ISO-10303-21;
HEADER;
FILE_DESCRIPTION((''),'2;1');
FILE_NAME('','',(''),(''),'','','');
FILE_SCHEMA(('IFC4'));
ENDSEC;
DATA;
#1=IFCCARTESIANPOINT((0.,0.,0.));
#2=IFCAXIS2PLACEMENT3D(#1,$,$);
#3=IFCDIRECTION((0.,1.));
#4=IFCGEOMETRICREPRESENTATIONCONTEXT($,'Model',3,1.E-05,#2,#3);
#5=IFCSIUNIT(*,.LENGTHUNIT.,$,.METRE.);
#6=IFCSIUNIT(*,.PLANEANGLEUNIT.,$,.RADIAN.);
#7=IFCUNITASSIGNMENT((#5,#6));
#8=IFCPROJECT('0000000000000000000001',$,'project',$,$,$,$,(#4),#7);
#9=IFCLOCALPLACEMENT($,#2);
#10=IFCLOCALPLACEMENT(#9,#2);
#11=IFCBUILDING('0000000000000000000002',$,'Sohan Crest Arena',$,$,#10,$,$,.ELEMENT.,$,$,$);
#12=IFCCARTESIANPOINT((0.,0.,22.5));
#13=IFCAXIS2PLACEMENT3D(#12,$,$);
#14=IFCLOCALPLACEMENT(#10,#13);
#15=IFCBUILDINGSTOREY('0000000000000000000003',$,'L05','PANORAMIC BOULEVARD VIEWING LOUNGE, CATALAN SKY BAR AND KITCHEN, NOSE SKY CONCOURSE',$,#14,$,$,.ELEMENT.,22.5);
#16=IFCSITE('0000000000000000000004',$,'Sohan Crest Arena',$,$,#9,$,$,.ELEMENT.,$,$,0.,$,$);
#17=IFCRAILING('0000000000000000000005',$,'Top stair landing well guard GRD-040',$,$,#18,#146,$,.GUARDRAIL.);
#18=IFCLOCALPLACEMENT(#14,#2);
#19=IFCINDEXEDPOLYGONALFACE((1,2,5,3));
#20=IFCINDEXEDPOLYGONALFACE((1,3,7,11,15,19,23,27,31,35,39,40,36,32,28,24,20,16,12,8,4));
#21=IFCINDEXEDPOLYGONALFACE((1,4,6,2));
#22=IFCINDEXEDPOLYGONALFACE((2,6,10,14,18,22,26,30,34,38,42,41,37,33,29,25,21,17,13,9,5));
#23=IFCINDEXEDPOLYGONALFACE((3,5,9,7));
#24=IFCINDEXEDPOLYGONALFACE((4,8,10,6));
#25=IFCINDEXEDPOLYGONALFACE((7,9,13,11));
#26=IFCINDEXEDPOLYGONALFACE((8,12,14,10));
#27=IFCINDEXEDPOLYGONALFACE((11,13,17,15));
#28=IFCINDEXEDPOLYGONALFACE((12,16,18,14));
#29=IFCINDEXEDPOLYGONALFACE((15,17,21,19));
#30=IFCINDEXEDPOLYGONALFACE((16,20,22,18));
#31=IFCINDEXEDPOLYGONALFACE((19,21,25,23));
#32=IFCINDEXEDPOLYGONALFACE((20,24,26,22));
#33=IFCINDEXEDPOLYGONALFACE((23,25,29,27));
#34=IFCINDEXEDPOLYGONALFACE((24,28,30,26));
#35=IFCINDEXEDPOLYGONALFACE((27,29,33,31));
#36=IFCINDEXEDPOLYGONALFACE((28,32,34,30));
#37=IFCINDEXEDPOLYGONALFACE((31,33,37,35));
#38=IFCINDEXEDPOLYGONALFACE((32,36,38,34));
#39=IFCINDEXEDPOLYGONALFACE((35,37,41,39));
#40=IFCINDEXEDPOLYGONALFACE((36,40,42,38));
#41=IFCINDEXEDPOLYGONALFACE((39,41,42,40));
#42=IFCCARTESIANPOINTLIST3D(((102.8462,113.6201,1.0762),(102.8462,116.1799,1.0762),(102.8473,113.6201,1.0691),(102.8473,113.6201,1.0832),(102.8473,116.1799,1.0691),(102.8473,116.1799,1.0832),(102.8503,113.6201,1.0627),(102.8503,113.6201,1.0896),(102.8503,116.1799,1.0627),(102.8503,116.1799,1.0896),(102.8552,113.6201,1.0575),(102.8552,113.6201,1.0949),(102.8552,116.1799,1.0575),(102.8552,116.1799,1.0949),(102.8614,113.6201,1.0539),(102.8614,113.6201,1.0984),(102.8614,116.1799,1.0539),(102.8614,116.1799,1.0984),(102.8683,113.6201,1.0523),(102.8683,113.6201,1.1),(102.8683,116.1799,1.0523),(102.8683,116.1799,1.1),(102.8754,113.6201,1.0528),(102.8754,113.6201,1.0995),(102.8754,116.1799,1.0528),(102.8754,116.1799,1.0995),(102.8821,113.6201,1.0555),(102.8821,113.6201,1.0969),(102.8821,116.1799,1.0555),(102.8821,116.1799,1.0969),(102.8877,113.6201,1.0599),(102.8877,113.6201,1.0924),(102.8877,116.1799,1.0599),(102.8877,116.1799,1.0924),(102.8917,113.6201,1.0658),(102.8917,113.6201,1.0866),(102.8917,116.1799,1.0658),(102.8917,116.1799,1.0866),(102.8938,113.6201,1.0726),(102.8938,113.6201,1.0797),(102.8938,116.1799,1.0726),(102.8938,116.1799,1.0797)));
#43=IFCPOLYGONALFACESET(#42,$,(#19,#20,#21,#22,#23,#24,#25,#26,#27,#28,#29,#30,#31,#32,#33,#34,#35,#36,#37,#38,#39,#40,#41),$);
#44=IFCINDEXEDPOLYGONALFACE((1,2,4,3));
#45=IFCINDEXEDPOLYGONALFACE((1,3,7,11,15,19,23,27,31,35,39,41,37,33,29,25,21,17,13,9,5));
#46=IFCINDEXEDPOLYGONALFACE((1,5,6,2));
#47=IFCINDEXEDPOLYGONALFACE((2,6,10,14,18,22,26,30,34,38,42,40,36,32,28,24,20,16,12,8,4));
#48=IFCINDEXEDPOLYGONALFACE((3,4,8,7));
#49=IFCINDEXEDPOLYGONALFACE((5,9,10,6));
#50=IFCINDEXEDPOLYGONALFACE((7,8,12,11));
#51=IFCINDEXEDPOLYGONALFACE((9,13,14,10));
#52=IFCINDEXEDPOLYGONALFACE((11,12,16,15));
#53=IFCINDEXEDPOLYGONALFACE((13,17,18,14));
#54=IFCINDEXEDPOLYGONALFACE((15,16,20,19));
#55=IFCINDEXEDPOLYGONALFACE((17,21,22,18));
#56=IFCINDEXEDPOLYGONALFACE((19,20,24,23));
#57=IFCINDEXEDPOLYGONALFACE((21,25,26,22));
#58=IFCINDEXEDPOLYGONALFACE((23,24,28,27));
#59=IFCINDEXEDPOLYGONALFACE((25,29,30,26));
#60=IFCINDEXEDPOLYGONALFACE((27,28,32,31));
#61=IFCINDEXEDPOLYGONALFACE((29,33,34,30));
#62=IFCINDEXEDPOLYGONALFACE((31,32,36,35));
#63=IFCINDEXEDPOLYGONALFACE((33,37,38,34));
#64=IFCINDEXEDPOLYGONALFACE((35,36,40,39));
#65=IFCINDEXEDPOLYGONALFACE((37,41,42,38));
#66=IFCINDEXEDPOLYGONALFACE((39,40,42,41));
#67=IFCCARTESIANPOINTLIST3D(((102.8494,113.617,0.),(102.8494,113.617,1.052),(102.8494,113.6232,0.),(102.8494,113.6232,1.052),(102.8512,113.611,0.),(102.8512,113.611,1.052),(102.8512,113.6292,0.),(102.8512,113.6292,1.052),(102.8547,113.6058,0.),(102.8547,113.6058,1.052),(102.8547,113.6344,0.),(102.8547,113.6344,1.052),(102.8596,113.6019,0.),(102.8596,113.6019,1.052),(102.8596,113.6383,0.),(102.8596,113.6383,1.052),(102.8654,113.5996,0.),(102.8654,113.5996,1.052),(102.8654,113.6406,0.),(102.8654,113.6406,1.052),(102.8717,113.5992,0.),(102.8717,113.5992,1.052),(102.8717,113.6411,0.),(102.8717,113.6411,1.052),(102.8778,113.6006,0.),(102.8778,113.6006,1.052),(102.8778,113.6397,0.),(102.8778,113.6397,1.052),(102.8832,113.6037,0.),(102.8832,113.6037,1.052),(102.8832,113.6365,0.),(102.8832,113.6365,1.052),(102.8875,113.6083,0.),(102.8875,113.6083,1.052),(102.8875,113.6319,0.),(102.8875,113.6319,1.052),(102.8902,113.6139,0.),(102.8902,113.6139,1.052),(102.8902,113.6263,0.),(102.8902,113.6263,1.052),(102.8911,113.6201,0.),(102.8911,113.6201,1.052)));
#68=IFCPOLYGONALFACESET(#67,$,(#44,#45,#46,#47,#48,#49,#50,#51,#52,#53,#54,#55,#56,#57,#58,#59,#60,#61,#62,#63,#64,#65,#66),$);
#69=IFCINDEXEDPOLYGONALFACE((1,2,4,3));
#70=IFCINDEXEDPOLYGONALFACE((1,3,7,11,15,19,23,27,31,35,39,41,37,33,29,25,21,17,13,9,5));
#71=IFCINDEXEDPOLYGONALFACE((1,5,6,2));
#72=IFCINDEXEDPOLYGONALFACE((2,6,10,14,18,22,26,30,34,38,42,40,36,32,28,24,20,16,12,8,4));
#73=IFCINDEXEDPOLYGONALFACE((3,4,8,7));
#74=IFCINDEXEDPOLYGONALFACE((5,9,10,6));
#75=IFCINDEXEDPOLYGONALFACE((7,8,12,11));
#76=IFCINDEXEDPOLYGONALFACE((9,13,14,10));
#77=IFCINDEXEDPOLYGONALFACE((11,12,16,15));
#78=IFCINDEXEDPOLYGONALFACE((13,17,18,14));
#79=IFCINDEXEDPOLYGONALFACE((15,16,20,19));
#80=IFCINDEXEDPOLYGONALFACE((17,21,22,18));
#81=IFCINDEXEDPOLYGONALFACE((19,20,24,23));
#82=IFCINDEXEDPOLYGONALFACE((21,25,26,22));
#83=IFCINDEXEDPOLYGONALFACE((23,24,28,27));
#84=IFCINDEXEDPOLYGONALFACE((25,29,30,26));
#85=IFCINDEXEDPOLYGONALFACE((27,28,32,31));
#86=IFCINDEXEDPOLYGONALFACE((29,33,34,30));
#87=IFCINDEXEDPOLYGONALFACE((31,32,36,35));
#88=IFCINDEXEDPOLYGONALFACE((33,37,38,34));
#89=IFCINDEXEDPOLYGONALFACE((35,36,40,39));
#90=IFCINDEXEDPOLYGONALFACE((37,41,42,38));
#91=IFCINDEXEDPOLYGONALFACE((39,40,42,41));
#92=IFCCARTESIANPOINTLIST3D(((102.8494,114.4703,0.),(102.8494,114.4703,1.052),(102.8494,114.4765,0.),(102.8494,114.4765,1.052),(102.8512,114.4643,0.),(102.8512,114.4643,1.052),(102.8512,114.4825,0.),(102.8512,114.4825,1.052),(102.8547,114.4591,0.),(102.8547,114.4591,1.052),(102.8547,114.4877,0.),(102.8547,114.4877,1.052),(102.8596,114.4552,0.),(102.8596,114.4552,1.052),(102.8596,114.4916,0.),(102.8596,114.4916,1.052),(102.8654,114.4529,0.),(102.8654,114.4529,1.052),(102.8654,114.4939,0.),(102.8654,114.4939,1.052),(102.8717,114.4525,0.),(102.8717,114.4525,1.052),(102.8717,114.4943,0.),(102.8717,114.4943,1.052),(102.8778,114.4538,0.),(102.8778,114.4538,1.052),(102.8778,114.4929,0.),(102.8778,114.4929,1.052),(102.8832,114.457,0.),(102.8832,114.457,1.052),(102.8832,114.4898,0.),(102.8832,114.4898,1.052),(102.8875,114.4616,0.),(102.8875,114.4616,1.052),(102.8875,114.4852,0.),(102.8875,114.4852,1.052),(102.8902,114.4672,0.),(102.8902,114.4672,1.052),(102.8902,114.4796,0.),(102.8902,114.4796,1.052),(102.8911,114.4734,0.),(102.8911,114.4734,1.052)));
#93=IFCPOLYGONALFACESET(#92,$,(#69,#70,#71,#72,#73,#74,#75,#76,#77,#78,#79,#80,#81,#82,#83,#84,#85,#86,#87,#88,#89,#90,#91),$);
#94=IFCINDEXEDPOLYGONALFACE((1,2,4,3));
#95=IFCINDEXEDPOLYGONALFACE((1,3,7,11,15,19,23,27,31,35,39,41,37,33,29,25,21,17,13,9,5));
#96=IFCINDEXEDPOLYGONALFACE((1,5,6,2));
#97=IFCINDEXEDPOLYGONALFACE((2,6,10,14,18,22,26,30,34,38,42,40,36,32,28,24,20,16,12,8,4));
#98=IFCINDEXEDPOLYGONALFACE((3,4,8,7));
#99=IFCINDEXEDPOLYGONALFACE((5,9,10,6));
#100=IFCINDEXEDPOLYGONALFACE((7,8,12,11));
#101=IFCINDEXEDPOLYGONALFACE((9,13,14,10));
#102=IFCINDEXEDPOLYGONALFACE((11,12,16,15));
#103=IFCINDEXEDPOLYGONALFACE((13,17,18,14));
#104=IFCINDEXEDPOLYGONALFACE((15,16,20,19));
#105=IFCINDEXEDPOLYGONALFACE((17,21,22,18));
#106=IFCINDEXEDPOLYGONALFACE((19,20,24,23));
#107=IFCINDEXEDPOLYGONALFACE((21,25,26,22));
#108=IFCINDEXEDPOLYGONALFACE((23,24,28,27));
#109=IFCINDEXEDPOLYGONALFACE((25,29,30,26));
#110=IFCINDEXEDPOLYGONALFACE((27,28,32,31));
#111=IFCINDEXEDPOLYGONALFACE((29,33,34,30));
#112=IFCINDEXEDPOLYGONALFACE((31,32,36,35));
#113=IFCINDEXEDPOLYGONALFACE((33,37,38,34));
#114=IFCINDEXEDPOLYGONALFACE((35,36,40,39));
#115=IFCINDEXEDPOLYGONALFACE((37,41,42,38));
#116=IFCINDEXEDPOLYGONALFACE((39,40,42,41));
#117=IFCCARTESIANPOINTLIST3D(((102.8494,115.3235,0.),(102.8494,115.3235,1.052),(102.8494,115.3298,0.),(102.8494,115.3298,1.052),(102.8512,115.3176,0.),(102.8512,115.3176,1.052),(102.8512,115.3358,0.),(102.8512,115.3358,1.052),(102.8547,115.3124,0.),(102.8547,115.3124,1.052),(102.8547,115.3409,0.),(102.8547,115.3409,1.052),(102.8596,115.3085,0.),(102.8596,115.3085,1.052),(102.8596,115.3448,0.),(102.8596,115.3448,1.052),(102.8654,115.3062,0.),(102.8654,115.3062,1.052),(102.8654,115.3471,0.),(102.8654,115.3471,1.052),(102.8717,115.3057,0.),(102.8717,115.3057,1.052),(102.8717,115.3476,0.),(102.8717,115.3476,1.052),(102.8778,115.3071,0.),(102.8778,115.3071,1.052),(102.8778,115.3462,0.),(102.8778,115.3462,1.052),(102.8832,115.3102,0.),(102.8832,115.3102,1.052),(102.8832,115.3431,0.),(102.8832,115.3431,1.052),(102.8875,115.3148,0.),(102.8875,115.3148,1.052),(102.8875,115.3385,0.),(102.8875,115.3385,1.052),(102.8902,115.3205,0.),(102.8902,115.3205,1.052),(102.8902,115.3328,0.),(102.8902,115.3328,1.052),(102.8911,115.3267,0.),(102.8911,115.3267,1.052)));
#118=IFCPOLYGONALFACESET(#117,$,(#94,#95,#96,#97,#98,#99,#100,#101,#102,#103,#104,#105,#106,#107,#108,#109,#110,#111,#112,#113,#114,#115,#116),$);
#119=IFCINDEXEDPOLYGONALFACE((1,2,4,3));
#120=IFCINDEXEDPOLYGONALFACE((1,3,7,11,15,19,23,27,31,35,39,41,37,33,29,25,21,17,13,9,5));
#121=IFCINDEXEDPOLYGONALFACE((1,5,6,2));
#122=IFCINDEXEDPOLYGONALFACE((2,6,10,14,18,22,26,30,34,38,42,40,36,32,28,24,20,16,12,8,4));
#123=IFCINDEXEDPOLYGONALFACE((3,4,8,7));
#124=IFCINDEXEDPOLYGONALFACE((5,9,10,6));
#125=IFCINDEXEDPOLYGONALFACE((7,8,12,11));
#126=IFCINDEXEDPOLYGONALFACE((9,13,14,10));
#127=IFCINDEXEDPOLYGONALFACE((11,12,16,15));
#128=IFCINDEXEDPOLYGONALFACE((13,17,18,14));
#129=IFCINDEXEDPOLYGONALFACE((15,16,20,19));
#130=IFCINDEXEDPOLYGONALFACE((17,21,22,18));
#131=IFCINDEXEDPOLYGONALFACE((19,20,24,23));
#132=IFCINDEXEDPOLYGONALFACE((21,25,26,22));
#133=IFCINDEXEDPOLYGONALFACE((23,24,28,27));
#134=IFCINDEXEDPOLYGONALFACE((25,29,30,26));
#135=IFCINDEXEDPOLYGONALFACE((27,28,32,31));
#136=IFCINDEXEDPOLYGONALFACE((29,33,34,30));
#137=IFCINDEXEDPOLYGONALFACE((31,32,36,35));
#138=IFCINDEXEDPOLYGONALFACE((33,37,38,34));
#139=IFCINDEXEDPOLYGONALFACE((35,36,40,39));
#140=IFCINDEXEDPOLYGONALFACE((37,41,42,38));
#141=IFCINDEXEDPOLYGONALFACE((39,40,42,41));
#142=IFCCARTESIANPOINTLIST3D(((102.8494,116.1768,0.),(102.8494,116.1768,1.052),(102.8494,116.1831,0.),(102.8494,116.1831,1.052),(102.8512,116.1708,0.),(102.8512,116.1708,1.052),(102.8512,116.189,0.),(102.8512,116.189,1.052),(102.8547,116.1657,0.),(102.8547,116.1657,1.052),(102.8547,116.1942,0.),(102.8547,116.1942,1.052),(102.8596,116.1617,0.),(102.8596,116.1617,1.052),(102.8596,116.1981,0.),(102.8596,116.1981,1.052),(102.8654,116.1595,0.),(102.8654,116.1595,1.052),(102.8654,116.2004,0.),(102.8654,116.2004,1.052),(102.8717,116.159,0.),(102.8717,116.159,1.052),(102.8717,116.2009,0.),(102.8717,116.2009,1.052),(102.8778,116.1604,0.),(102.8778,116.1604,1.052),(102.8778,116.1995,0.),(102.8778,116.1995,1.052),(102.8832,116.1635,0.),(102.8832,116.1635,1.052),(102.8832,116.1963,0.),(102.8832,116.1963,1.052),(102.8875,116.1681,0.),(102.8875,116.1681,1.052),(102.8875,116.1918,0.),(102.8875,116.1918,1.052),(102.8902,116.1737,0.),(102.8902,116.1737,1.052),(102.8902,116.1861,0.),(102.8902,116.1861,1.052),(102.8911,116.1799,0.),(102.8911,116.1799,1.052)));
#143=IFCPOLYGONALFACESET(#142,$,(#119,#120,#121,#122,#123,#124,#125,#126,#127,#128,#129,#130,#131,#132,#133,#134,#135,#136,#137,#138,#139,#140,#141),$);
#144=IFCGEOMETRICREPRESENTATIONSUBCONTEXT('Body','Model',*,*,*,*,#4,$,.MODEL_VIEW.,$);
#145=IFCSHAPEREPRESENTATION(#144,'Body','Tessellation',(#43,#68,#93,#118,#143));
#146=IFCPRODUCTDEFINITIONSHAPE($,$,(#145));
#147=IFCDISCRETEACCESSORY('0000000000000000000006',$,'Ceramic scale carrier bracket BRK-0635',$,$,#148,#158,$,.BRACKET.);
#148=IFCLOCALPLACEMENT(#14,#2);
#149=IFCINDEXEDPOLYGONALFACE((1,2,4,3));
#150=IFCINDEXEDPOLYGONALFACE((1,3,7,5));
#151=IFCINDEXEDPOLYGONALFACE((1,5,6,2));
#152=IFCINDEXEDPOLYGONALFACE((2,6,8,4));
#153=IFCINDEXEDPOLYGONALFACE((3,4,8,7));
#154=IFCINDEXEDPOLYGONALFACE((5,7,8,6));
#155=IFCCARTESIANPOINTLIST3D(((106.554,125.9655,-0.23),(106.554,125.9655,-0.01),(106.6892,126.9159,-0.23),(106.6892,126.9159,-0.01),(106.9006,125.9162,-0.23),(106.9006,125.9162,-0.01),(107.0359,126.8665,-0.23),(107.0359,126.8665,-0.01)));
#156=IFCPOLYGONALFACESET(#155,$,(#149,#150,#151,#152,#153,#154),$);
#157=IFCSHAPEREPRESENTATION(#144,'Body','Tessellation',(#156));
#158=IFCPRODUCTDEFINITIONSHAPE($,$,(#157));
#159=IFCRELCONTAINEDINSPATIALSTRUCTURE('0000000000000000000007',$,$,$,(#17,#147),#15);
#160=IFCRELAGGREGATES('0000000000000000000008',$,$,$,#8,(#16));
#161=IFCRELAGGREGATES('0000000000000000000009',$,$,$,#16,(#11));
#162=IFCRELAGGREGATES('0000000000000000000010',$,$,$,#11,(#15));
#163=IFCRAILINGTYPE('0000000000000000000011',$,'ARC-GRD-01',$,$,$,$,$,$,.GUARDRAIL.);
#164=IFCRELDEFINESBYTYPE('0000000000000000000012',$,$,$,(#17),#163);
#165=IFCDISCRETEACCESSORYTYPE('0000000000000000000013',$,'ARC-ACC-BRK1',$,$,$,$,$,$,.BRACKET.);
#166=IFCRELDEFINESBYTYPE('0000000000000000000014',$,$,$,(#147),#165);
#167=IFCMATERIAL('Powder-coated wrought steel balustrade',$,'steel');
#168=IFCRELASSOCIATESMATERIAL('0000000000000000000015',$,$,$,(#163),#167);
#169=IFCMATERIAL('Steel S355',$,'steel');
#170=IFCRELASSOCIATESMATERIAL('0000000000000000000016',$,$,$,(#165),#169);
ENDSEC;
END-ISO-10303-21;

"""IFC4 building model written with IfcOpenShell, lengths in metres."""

from ifc_helpers import new_model, si_unit, direction, frame, origin, origin_2d, place, context, subcontext, project, spatial, rectangle, circle, extrude, material, type_object, element, save


model = new_model("IFC4")

# Units and contexts
model_context = context("Model", 3, precision=1e-05, world=origin(), true_north=direction((0.0, 1.0)))
body_context = subcontext(model_context, "Body", "Model", "MODEL_VIEW")
ifc_project = project(units=[si_unit("LENGTHUNIT", "METRE"), si_unit("PLANEANGLEUNIT", "RADIAN")], contexts=[model_context])

# Site, building, storey
site_placement = place(None, origin())
site = spatial("IfcSite", under=ifc_project, at=site_placement, Name="Sohan Crest Arena", CompositionType="ELEMENT", RefElevation=0.0)
building_placement = place(site_placement, origin())
building = spatial("IfcBuilding", under=site, at=building_placement, Name="Sohan Crest Arena", CompositionType="ELEMENT")
storey_placement = place(building_placement, frame((0.0, 0.0, 22.5)))
storey = spatial("IfcBuildingStorey", under=building, at=storey_placement, Name="L05", Description="PANORAMIC BOULEVARD VIEWING LOUNGE, CATALAN SKY BAR AND KITCHEN, NOSE SKY CONCOURSE", CompositionType="ELEMENT", Elevation=22.5)

# Shared definitions
ifc_material_1 = material(Name="Steel S355", Category="steel")

# Railing
ifc_material_2 = material(Name="Powder-coated wrought steel balustrade", Category="steel")
railing_type = type_object("IfcRailingType", Name="ARC-GRD-01", PredefinedType="GUARDRAIL", material=ifc_material_2)
railing_placement = place(storey_placement, frame((102.8701, 113.6201, 0.0)))
element("IfcRailing", 1, at=railing_placement, inside=storey, type_object=railing_type, Name="Top stair landing well guard GRD-040", PredefinedType="GUARDRAIL", context=body_context, shape_type="SweptSolid", body=[
    extrude(circle(Radius=0.0239, at=origin_2d()), frame((0.0, 0.0, 1.0762), z_axis=(0.0, 1.0, 0.0), x_axis=(-1.0, 0.0, 0.0)), (0.0, 0.0, 1.0), 2.5598),
    extrude(circle(Radius=0.021, at=origin_2d()), origin(), (0.0, 0.0, 1.0), 1.052),
    extrude(circle(Radius=0.021, at=origin_2d()), frame((0.0, 0.8533, 0.0)), (0.0, 0.0, 1.0), 1.052),
    extrude(circle(Radius=0.021, at=origin_2d()), frame((0.0, 1.7065, 0.0)), (0.0, 0.0, 1.0), 1.052),
    extrude(circle(Radius=0.021, at=origin_2d()), frame((0.0, 2.5598, 0.0)), (0.0, 0.0, 1.0), 1.052),
])

# Discrete accessory
discrete_accessory_type = type_object("IfcDiscreteAccessoryType", Name="ARC-ACC-BRK1", PredefinedType="BRACKET", material=ifc_material_1)
discrete_accessory_placement = place(storey_placement, frame((106.7949, 126.416, -0.23), z_axis=(0.0, 0.0, 1.0), x_axis=(-0.990024, 0.140901, 0.0)))
element("IfcDiscreteAccessory", 2, at=discrete_accessory_placement, inside=storey, type_object=discrete_accessory_type, Name="Ceramic scale carrier bracket BRK-0635", PredefinedType="BRACKET", context=body_context, shape_type="SweptSolid", body=[
    extrude(rectangle(XDim=0.3501, YDim=0.96, at=origin_2d()), origin(), (0.0, 0.0, 1.0), 0.22),
])

save(model, "model.ifc")
